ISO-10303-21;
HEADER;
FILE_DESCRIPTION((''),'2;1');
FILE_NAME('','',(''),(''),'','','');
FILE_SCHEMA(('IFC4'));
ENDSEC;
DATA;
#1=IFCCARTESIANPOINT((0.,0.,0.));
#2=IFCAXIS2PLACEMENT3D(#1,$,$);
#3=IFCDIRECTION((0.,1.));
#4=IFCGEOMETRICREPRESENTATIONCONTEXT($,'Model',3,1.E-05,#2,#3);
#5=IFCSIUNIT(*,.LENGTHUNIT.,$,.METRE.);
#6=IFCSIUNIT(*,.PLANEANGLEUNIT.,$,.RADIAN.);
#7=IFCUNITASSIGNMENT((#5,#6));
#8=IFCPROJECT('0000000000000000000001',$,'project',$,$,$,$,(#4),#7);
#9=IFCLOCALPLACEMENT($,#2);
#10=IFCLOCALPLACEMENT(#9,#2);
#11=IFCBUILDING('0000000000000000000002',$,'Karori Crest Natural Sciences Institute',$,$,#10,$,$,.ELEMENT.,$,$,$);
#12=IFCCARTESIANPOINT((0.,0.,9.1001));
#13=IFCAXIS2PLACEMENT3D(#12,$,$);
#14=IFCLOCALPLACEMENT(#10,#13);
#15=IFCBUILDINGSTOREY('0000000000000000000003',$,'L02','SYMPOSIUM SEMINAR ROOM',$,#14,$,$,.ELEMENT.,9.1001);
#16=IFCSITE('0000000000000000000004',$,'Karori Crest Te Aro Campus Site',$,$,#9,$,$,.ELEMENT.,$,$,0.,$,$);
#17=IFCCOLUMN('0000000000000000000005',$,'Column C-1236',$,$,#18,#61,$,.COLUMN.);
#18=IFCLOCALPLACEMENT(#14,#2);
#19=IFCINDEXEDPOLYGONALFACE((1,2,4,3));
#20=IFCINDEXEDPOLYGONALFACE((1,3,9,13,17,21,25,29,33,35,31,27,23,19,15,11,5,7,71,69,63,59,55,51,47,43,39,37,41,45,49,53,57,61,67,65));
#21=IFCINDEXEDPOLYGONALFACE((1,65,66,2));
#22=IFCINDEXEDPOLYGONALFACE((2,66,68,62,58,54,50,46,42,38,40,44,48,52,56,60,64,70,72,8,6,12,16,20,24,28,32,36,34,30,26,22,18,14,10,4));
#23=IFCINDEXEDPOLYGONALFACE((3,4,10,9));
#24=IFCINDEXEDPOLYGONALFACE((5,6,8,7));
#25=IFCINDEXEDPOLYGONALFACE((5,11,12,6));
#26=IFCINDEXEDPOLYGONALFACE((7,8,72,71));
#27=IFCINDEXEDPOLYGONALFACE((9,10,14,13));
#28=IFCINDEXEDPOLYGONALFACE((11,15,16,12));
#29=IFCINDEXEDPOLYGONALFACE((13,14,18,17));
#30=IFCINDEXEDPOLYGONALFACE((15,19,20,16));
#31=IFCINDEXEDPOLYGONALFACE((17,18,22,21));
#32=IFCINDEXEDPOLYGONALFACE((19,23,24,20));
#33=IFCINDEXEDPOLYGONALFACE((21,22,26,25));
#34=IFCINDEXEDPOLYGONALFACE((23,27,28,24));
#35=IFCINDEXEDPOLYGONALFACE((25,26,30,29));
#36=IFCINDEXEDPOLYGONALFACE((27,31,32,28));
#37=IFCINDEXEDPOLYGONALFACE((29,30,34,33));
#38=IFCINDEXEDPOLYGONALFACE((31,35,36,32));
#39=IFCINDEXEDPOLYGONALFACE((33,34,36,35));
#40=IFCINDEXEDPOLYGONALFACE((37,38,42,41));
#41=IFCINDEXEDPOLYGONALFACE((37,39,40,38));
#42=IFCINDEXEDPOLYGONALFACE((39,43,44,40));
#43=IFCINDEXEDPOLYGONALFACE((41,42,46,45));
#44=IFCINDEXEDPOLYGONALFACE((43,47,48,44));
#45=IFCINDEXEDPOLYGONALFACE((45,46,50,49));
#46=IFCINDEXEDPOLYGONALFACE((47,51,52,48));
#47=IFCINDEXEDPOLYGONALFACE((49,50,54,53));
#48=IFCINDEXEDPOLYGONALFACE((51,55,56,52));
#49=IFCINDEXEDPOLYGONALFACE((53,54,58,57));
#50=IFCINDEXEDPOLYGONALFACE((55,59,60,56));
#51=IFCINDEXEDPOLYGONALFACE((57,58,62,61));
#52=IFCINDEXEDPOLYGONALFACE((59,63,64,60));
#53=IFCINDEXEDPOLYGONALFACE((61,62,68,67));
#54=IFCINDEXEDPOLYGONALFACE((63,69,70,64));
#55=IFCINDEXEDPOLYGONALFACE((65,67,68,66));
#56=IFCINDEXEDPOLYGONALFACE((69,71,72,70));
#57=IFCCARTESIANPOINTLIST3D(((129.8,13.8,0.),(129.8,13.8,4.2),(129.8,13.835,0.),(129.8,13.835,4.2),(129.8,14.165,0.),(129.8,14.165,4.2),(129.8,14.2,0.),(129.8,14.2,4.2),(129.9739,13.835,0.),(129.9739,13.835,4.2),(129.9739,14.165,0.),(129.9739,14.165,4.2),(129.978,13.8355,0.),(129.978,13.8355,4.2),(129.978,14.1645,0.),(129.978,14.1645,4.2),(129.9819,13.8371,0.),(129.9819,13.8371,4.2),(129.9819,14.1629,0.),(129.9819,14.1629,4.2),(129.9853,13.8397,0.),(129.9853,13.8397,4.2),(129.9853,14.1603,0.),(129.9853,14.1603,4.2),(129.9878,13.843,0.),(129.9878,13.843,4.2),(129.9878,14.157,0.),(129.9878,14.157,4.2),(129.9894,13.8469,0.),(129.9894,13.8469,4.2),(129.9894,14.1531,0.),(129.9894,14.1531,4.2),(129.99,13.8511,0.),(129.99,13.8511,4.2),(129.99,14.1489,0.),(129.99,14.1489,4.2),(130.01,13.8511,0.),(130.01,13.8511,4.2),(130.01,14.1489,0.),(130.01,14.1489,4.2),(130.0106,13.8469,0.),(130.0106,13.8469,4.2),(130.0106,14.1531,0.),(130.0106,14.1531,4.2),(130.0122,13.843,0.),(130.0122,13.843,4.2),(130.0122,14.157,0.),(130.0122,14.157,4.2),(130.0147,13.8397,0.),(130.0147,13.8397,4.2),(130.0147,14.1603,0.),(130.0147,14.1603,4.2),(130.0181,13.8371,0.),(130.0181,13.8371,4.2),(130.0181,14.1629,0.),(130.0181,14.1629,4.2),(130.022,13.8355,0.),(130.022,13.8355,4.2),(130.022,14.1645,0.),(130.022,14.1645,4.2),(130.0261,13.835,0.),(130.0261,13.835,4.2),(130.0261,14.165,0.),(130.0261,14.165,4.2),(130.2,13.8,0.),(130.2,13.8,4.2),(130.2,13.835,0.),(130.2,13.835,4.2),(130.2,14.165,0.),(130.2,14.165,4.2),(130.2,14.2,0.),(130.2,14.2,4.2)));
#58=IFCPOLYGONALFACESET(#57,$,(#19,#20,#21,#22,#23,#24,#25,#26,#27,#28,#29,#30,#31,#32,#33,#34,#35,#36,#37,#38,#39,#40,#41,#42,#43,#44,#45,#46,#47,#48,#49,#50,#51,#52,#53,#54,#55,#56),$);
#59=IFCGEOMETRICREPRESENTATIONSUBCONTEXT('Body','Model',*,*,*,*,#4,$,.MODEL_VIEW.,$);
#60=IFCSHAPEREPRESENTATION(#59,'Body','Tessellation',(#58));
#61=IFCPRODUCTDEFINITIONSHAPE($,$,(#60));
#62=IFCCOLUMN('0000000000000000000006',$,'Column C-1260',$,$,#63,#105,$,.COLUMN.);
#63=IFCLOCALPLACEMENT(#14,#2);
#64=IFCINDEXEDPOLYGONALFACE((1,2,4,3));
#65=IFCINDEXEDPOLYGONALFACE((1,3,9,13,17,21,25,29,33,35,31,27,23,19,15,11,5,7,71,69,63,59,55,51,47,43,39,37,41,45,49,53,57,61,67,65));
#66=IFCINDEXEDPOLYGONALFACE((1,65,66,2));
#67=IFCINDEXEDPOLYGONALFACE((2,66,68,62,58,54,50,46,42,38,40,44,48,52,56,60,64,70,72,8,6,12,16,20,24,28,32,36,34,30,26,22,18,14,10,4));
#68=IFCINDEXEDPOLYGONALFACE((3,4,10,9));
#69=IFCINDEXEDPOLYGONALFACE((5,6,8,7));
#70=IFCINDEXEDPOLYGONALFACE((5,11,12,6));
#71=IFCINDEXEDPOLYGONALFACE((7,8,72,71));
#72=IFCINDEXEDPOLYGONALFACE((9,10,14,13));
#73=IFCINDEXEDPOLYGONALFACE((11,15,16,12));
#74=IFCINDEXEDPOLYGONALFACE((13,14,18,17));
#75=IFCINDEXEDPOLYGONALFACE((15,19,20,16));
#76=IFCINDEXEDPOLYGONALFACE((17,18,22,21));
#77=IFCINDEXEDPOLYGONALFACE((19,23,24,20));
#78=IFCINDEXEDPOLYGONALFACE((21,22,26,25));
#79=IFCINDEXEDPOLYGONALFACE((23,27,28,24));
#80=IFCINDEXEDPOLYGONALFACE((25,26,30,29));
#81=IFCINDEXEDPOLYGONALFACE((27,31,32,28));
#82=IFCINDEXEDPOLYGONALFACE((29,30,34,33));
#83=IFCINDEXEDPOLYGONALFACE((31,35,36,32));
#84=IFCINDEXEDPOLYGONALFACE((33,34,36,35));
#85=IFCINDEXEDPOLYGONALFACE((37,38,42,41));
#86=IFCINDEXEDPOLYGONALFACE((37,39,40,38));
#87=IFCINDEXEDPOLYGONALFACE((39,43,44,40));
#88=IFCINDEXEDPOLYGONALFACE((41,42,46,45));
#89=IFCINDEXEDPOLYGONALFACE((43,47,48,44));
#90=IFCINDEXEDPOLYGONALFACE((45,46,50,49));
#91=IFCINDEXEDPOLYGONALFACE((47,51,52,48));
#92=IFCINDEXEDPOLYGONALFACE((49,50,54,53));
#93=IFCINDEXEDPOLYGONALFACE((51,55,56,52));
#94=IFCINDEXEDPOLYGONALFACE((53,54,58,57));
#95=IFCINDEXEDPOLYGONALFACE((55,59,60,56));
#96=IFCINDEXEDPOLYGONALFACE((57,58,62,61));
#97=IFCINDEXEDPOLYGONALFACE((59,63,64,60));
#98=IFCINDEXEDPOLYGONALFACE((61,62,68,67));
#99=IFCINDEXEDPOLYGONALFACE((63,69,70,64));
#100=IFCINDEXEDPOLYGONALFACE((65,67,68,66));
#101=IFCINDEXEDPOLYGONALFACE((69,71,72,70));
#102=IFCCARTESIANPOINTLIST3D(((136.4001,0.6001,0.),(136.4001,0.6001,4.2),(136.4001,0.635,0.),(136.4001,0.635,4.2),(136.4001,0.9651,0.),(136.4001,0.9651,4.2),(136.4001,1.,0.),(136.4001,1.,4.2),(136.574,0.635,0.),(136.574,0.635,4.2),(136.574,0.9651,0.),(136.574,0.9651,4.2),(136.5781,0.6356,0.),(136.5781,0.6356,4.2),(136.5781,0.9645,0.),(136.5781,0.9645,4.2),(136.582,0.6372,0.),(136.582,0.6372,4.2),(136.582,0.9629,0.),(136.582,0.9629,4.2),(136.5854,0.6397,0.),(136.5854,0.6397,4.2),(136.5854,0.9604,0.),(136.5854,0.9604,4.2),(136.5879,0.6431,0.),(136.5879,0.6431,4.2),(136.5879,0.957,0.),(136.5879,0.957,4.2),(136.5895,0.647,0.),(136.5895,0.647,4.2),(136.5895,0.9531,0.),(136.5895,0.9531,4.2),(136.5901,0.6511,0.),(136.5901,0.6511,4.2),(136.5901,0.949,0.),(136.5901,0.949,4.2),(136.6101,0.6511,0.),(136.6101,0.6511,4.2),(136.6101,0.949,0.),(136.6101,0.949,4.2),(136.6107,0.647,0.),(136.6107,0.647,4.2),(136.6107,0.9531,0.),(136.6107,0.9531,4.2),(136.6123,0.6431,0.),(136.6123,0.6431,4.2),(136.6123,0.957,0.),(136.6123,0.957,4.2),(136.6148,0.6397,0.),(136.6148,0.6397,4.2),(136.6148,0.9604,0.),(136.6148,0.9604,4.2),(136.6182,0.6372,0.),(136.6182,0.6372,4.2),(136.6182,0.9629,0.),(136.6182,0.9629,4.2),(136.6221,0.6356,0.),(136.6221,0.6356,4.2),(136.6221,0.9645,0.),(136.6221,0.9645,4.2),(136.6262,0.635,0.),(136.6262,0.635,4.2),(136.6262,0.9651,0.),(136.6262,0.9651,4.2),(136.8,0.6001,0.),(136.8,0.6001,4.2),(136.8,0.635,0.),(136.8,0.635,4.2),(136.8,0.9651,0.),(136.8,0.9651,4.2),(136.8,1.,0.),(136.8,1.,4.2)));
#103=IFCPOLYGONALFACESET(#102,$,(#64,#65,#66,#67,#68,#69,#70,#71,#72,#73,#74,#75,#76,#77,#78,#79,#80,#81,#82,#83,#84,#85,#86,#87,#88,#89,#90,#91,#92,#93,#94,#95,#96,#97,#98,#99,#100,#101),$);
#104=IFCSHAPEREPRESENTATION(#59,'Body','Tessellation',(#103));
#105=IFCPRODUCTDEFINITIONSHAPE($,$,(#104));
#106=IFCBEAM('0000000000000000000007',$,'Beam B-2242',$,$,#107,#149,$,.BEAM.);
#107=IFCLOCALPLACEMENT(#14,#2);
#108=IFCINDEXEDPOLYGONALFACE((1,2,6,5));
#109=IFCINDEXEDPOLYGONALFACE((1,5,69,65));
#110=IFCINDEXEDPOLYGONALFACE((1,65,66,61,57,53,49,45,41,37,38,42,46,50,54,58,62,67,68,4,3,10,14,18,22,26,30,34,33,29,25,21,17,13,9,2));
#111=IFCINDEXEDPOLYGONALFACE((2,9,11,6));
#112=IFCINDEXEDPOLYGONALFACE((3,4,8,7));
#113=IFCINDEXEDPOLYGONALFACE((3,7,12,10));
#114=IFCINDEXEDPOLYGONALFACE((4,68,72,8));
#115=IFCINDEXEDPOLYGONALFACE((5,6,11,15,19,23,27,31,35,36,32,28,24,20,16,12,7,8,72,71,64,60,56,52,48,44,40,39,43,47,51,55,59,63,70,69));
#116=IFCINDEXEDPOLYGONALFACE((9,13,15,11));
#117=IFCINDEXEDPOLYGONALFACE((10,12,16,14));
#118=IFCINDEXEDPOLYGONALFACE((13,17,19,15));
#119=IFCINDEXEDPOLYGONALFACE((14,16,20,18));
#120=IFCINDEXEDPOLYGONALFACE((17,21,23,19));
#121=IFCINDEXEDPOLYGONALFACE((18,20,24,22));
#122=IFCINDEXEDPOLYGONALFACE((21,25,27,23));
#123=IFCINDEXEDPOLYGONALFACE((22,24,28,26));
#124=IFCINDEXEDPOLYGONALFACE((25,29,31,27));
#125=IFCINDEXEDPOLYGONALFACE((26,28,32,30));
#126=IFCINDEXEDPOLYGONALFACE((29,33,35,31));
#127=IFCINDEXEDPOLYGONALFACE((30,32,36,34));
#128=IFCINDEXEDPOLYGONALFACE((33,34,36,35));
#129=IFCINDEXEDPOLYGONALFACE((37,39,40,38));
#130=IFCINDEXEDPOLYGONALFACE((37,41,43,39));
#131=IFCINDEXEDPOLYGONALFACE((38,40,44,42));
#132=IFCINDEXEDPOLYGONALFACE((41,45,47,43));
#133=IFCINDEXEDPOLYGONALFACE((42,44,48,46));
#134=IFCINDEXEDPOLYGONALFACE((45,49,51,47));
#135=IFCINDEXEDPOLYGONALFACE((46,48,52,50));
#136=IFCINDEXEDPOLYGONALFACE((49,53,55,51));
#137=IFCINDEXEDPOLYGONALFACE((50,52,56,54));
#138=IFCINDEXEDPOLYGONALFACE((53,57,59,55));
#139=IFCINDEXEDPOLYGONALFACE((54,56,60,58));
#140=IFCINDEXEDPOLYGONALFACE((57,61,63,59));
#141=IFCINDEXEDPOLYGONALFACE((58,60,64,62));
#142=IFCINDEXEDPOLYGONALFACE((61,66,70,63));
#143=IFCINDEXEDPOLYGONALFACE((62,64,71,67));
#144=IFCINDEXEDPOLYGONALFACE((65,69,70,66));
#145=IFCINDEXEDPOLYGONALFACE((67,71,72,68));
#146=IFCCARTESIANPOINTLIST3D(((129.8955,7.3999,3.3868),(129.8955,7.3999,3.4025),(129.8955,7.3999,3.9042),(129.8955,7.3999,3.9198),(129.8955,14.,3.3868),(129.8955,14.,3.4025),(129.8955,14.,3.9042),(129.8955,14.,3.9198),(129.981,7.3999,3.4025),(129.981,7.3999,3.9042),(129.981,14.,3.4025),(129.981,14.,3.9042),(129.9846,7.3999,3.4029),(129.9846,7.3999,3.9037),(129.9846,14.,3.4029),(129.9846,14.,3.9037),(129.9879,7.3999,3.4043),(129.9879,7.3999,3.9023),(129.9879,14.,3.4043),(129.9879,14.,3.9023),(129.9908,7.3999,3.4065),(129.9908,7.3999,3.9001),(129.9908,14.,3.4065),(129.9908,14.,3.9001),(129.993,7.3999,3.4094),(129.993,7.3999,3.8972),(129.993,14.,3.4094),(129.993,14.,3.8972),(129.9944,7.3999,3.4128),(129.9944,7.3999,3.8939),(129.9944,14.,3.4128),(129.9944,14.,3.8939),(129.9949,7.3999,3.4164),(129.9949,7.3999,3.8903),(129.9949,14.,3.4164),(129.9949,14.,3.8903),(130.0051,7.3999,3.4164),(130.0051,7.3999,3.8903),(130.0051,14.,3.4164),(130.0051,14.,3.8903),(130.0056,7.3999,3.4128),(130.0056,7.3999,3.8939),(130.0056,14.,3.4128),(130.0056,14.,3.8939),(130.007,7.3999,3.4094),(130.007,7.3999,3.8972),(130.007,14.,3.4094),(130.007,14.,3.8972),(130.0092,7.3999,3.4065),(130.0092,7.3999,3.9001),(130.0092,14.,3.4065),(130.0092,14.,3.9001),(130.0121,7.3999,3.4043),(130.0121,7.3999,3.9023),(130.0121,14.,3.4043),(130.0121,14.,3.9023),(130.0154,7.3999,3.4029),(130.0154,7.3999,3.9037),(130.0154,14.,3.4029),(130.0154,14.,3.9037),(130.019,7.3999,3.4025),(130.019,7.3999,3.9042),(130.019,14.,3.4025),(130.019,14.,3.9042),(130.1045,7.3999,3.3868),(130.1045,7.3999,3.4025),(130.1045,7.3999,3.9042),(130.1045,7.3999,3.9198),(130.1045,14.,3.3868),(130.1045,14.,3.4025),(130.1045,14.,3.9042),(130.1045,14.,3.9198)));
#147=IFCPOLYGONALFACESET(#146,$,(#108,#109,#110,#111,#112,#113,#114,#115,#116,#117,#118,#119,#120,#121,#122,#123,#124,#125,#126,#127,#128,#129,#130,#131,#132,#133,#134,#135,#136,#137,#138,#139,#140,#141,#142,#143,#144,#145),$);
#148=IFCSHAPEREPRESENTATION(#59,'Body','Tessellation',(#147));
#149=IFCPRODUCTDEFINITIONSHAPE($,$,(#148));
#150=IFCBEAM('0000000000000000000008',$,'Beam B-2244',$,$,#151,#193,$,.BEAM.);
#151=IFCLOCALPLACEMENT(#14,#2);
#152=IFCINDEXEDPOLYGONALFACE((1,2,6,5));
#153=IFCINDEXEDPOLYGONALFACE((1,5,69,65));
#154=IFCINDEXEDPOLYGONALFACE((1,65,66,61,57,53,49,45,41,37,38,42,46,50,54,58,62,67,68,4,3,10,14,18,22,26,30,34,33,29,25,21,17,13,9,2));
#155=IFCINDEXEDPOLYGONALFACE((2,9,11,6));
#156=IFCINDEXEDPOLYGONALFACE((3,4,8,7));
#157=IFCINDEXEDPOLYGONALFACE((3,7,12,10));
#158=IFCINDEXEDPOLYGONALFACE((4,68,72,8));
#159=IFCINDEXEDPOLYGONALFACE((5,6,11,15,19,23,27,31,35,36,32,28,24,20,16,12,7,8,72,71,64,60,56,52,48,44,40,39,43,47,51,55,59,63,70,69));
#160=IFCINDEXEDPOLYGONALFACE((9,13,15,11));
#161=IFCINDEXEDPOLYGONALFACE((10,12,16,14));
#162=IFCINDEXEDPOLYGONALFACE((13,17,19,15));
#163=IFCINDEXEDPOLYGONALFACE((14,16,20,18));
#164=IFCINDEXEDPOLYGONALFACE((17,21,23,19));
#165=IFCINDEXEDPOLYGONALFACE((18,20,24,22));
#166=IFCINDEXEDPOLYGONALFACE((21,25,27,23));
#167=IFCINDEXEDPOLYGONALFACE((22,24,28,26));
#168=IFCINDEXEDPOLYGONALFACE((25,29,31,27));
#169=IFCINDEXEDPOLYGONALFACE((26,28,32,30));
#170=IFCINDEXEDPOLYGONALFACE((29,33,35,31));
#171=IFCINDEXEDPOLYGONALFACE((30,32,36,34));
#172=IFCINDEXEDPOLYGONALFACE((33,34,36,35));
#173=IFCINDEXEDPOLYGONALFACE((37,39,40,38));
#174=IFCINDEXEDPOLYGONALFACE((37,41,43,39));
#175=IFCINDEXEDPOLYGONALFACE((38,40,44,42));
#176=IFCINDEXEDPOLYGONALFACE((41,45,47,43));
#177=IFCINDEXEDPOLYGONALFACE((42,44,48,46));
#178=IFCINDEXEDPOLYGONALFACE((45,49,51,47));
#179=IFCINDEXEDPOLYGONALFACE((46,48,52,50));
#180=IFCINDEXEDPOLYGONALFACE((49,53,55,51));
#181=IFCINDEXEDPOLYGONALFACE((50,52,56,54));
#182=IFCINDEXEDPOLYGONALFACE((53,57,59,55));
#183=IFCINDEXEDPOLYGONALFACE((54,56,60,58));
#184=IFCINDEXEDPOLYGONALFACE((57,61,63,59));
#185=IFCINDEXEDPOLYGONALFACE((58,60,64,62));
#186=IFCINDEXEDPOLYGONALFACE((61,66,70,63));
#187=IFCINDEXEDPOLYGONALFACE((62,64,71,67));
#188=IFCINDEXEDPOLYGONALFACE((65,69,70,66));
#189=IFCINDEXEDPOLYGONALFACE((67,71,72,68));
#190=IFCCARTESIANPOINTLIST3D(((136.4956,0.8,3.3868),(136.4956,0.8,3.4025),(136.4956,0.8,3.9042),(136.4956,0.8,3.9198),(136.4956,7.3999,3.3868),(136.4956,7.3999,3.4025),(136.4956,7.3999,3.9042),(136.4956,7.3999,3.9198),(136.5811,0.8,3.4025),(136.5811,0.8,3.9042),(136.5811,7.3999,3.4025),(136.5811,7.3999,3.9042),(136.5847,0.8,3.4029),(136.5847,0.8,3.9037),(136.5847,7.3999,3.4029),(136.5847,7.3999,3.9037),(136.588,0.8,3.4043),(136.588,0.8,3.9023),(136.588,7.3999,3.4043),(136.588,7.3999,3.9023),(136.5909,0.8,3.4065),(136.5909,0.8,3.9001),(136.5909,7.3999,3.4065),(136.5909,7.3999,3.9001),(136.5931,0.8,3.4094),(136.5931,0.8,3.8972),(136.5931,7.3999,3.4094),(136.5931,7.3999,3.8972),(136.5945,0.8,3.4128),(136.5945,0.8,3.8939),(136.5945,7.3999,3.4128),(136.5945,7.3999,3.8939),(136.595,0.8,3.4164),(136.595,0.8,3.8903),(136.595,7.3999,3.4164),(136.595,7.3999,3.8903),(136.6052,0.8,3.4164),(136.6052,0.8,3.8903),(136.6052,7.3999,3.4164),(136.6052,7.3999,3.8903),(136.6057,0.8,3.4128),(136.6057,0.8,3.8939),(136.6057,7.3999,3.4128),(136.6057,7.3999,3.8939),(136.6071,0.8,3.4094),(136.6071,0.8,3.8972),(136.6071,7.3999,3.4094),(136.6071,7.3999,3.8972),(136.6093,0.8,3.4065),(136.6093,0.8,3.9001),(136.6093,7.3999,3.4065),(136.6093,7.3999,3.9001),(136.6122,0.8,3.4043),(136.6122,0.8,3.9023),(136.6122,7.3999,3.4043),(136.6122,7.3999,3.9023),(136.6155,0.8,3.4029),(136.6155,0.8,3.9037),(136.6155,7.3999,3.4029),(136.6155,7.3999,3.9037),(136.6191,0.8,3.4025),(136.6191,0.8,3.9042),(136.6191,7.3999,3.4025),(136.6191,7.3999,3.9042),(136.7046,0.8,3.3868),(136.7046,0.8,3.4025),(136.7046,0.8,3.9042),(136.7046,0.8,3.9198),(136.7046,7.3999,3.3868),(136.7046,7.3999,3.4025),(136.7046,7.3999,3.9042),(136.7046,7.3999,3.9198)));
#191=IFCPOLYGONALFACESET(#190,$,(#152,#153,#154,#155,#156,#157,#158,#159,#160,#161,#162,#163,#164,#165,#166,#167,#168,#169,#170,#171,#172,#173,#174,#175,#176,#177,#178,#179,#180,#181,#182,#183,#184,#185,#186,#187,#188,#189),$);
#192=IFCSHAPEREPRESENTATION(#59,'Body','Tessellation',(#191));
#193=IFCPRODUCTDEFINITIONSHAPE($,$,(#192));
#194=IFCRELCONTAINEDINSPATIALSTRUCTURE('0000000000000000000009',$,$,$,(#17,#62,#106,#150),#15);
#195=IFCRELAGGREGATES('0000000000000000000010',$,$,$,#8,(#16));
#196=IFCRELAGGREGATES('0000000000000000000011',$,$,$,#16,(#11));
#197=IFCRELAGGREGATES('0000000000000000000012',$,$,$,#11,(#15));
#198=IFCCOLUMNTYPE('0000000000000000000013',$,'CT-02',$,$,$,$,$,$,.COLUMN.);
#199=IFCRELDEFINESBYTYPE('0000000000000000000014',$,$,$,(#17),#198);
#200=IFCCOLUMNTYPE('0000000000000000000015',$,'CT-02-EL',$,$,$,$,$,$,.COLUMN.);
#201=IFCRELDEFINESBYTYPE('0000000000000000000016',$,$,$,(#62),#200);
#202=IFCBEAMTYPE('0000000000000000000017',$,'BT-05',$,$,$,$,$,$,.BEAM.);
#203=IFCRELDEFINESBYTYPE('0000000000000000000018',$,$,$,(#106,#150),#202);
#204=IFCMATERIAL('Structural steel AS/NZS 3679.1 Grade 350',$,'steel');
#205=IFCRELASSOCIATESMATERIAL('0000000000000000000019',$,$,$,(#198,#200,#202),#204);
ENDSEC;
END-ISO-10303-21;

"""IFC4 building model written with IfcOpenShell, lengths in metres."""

from ifc_helpers import new_model, si_unit, direction, frame, origin, origin_2d, place, context, subcontext, project, spatial, i_section, extrude, material, material_profile, profile_set, type_object, element, save


model = new_model("IFC4")

# Units and contexts
model_context = context("Model", 3, precision=1e-05, world=origin(), true_north=direction((0.0, 1.0)))
body_context = subcontext(model_context, "Body", "Model", "MODEL_VIEW")
ifc_project = project(units=[si_unit("LENGTHUNIT", "METRE"), si_unit("PLANEANGLEUNIT", "RADIAN")], contexts=[model_context])

# Site, building, storey
site_placement = place(None, origin())
site = spatial("IfcSite", under=ifc_project, at=site_placement, Name="Karori Crest Te Aro Campus Site", CompositionType="ELEMENT", RefElevation=0.0)
building_placement = place(site_placement, origin())
building = spatial("IfcBuilding", under=site, at=building_placement, Name="Karori Crest Natural Sciences Institute", CompositionType="ELEMENT")
storey_placement = place(building_placement, frame((0.0, 0.0, 9.1001)))
storey = spatial("IfcBuildingStorey", under=building, at=storey_placement, Name="L02", Description="SYMPOSIUM SEMINAR ROOM", CompositionType="ELEMENT", Elevation=9.1001)

# Columns
ifc_material_1 = material(Name="Structural steel AS/NZS 3679.1 Grade 350", Category="steel")
ifc_material_profile_1 = material_profile(ifc_material_1, i_section(OverallWidth=0.3999, OverallDepth=0.3999, WebThickness=0.02, FlangeThickness=0.0349, FilletRadius=0.0161, at=origin_2d()), Name="400WC328")
ifc_profile_set_1 = profile_set([ifc_material_profile_1], Name="Structural steel AS/NZS 3679.1 Grade 350")
column_type_1 = type_object("IfcColumnType", Name="CT-02", PredefinedType="COLUMN", material=ifc_profile_set_1)
column_1_placement = place(storey_placement, frame((130.0, 14.0, 0.0), z_axis=(0.0, 0.0, 1.0), x_axis=(1.0, 0.0, 0.0)))
element("IfcColumn", 1, at=column_1_placement, inside=storey, type_object=column_type_1, Name="Column C-1236", PredefinedType="COLUMN", context=body_context, shape_type="SweptSolid", body=[
    extrude(i_section(OverallWidth=0.3999, OverallDepth=0.3999, WebThickness=0.02, FlangeThickness=0.0349, FilletRadius=0.0161, at=origin_2d()), origin(), (0.0, 0.0, 1.0), 4.2),
])
ifc_material_profile_2 = material_profile(ifc_material_1, i_section(OverallWidth=0.3999, OverallDepth=0.3999, WebThickness=0.02, FlangeThickness=0.0349, FilletRadius=0.0161, at=origin_2d()), Name="400WC328")
ifc_profile_set_2 = profile_set([ifc_material_profile_2], Name="Structural steel AS/NZS 3679.1 Grade 350")
column_type_2 = type_object("IfcColumnType", Name="CT-02-EL", PredefinedType="COLUMN", material=ifc_profile_set_2)
column_2_placement = place(storey_placement, frame((136.6001, 0.8, 0.0), z_axis=(0.0, 0.0, 1.0), x_axis=(1.0, 0.0, 0.0)))
element("IfcColumn", 2, at=column_2_placement, inside=storey, type_object=column_type_2, Name="Column C-1260", PredefinedType="COLUMN", context=body_context, shape_type="SweptSolid", body=[
    extrude(i_section(OverallWidth=0.3999, OverallDepth=0.3999, WebThickness=0.02, FlangeThickness=0.0349, FilletRadius=0.0161, at=origin_2d()), origin(), (0.0, 0.0, 1.0), 4.2),
])

# Beams
ifc_material_profile_3 = material_profile(ifc_material_1, i_section(OverallWidth=0.209, OverallDepth=0.533, WebThickness=0.0103, FlangeThickness=0.0156, FilletRadius=0.0139, at=origin_2d()), Name="530UB92.4")
ifc_profile_set_3 = profile_set([ifc_material_profile_3], Name="Structural steel AS/NZS 3679.1 Grade 350")
beam_type_1 = type_object("IfcBeamType", Name="BT-05", PredefinedType="BEAM", material=ifc_profile_set_3)
beam_1_placement = place(storey_placement, frame((130.0, 7.3999, 3.6533), z_axis=(0.0, 1.0, 0.0), x_axis=(-1.0, 0.0, 0.0)))
element("IfcBeam", 3, at=beam_1_placement, inside=storey, type_object=beam_type_1, Name="Beam B-2242", PredefinedType="BEAM", context=body_context, shape_type="SweptSolid", body=[
    extrude(i_section(OverallWidth=0.209, OverallDepth=0.533, WebThickness=0.0103, FlangeThickness=0.0156, FilletRadius=0.0139, at=origin_2d()), origin(), (0.0, 0.0, 1.0), 6.6001),
])
beam_2_placement = place(storey_placement, frame((136.6001, 0.8, 3.6533), z_axis=(0.0, 1.0, 0.0), x_axis=(-1.0, 0.0, 0.0)))
element("IfcBeam", 4, at=beam_2_placement, inside=storey, type_object=beam_type_1, Name="Beam B-2244", PredefinedType="BEAM", context=body_context, shape_type="SweptSolid", body=[
    extrude(i_section(OverallWidth=0.209, OverallDepth=0.533, WebThickness=0.0103, FlangeThickness=0.0156, FilletRadius=0.0139, at=origin_2d()), origin(), (0.0, 0.0, 1.0), 6.5999),
])

save(model, "model.ifc")
